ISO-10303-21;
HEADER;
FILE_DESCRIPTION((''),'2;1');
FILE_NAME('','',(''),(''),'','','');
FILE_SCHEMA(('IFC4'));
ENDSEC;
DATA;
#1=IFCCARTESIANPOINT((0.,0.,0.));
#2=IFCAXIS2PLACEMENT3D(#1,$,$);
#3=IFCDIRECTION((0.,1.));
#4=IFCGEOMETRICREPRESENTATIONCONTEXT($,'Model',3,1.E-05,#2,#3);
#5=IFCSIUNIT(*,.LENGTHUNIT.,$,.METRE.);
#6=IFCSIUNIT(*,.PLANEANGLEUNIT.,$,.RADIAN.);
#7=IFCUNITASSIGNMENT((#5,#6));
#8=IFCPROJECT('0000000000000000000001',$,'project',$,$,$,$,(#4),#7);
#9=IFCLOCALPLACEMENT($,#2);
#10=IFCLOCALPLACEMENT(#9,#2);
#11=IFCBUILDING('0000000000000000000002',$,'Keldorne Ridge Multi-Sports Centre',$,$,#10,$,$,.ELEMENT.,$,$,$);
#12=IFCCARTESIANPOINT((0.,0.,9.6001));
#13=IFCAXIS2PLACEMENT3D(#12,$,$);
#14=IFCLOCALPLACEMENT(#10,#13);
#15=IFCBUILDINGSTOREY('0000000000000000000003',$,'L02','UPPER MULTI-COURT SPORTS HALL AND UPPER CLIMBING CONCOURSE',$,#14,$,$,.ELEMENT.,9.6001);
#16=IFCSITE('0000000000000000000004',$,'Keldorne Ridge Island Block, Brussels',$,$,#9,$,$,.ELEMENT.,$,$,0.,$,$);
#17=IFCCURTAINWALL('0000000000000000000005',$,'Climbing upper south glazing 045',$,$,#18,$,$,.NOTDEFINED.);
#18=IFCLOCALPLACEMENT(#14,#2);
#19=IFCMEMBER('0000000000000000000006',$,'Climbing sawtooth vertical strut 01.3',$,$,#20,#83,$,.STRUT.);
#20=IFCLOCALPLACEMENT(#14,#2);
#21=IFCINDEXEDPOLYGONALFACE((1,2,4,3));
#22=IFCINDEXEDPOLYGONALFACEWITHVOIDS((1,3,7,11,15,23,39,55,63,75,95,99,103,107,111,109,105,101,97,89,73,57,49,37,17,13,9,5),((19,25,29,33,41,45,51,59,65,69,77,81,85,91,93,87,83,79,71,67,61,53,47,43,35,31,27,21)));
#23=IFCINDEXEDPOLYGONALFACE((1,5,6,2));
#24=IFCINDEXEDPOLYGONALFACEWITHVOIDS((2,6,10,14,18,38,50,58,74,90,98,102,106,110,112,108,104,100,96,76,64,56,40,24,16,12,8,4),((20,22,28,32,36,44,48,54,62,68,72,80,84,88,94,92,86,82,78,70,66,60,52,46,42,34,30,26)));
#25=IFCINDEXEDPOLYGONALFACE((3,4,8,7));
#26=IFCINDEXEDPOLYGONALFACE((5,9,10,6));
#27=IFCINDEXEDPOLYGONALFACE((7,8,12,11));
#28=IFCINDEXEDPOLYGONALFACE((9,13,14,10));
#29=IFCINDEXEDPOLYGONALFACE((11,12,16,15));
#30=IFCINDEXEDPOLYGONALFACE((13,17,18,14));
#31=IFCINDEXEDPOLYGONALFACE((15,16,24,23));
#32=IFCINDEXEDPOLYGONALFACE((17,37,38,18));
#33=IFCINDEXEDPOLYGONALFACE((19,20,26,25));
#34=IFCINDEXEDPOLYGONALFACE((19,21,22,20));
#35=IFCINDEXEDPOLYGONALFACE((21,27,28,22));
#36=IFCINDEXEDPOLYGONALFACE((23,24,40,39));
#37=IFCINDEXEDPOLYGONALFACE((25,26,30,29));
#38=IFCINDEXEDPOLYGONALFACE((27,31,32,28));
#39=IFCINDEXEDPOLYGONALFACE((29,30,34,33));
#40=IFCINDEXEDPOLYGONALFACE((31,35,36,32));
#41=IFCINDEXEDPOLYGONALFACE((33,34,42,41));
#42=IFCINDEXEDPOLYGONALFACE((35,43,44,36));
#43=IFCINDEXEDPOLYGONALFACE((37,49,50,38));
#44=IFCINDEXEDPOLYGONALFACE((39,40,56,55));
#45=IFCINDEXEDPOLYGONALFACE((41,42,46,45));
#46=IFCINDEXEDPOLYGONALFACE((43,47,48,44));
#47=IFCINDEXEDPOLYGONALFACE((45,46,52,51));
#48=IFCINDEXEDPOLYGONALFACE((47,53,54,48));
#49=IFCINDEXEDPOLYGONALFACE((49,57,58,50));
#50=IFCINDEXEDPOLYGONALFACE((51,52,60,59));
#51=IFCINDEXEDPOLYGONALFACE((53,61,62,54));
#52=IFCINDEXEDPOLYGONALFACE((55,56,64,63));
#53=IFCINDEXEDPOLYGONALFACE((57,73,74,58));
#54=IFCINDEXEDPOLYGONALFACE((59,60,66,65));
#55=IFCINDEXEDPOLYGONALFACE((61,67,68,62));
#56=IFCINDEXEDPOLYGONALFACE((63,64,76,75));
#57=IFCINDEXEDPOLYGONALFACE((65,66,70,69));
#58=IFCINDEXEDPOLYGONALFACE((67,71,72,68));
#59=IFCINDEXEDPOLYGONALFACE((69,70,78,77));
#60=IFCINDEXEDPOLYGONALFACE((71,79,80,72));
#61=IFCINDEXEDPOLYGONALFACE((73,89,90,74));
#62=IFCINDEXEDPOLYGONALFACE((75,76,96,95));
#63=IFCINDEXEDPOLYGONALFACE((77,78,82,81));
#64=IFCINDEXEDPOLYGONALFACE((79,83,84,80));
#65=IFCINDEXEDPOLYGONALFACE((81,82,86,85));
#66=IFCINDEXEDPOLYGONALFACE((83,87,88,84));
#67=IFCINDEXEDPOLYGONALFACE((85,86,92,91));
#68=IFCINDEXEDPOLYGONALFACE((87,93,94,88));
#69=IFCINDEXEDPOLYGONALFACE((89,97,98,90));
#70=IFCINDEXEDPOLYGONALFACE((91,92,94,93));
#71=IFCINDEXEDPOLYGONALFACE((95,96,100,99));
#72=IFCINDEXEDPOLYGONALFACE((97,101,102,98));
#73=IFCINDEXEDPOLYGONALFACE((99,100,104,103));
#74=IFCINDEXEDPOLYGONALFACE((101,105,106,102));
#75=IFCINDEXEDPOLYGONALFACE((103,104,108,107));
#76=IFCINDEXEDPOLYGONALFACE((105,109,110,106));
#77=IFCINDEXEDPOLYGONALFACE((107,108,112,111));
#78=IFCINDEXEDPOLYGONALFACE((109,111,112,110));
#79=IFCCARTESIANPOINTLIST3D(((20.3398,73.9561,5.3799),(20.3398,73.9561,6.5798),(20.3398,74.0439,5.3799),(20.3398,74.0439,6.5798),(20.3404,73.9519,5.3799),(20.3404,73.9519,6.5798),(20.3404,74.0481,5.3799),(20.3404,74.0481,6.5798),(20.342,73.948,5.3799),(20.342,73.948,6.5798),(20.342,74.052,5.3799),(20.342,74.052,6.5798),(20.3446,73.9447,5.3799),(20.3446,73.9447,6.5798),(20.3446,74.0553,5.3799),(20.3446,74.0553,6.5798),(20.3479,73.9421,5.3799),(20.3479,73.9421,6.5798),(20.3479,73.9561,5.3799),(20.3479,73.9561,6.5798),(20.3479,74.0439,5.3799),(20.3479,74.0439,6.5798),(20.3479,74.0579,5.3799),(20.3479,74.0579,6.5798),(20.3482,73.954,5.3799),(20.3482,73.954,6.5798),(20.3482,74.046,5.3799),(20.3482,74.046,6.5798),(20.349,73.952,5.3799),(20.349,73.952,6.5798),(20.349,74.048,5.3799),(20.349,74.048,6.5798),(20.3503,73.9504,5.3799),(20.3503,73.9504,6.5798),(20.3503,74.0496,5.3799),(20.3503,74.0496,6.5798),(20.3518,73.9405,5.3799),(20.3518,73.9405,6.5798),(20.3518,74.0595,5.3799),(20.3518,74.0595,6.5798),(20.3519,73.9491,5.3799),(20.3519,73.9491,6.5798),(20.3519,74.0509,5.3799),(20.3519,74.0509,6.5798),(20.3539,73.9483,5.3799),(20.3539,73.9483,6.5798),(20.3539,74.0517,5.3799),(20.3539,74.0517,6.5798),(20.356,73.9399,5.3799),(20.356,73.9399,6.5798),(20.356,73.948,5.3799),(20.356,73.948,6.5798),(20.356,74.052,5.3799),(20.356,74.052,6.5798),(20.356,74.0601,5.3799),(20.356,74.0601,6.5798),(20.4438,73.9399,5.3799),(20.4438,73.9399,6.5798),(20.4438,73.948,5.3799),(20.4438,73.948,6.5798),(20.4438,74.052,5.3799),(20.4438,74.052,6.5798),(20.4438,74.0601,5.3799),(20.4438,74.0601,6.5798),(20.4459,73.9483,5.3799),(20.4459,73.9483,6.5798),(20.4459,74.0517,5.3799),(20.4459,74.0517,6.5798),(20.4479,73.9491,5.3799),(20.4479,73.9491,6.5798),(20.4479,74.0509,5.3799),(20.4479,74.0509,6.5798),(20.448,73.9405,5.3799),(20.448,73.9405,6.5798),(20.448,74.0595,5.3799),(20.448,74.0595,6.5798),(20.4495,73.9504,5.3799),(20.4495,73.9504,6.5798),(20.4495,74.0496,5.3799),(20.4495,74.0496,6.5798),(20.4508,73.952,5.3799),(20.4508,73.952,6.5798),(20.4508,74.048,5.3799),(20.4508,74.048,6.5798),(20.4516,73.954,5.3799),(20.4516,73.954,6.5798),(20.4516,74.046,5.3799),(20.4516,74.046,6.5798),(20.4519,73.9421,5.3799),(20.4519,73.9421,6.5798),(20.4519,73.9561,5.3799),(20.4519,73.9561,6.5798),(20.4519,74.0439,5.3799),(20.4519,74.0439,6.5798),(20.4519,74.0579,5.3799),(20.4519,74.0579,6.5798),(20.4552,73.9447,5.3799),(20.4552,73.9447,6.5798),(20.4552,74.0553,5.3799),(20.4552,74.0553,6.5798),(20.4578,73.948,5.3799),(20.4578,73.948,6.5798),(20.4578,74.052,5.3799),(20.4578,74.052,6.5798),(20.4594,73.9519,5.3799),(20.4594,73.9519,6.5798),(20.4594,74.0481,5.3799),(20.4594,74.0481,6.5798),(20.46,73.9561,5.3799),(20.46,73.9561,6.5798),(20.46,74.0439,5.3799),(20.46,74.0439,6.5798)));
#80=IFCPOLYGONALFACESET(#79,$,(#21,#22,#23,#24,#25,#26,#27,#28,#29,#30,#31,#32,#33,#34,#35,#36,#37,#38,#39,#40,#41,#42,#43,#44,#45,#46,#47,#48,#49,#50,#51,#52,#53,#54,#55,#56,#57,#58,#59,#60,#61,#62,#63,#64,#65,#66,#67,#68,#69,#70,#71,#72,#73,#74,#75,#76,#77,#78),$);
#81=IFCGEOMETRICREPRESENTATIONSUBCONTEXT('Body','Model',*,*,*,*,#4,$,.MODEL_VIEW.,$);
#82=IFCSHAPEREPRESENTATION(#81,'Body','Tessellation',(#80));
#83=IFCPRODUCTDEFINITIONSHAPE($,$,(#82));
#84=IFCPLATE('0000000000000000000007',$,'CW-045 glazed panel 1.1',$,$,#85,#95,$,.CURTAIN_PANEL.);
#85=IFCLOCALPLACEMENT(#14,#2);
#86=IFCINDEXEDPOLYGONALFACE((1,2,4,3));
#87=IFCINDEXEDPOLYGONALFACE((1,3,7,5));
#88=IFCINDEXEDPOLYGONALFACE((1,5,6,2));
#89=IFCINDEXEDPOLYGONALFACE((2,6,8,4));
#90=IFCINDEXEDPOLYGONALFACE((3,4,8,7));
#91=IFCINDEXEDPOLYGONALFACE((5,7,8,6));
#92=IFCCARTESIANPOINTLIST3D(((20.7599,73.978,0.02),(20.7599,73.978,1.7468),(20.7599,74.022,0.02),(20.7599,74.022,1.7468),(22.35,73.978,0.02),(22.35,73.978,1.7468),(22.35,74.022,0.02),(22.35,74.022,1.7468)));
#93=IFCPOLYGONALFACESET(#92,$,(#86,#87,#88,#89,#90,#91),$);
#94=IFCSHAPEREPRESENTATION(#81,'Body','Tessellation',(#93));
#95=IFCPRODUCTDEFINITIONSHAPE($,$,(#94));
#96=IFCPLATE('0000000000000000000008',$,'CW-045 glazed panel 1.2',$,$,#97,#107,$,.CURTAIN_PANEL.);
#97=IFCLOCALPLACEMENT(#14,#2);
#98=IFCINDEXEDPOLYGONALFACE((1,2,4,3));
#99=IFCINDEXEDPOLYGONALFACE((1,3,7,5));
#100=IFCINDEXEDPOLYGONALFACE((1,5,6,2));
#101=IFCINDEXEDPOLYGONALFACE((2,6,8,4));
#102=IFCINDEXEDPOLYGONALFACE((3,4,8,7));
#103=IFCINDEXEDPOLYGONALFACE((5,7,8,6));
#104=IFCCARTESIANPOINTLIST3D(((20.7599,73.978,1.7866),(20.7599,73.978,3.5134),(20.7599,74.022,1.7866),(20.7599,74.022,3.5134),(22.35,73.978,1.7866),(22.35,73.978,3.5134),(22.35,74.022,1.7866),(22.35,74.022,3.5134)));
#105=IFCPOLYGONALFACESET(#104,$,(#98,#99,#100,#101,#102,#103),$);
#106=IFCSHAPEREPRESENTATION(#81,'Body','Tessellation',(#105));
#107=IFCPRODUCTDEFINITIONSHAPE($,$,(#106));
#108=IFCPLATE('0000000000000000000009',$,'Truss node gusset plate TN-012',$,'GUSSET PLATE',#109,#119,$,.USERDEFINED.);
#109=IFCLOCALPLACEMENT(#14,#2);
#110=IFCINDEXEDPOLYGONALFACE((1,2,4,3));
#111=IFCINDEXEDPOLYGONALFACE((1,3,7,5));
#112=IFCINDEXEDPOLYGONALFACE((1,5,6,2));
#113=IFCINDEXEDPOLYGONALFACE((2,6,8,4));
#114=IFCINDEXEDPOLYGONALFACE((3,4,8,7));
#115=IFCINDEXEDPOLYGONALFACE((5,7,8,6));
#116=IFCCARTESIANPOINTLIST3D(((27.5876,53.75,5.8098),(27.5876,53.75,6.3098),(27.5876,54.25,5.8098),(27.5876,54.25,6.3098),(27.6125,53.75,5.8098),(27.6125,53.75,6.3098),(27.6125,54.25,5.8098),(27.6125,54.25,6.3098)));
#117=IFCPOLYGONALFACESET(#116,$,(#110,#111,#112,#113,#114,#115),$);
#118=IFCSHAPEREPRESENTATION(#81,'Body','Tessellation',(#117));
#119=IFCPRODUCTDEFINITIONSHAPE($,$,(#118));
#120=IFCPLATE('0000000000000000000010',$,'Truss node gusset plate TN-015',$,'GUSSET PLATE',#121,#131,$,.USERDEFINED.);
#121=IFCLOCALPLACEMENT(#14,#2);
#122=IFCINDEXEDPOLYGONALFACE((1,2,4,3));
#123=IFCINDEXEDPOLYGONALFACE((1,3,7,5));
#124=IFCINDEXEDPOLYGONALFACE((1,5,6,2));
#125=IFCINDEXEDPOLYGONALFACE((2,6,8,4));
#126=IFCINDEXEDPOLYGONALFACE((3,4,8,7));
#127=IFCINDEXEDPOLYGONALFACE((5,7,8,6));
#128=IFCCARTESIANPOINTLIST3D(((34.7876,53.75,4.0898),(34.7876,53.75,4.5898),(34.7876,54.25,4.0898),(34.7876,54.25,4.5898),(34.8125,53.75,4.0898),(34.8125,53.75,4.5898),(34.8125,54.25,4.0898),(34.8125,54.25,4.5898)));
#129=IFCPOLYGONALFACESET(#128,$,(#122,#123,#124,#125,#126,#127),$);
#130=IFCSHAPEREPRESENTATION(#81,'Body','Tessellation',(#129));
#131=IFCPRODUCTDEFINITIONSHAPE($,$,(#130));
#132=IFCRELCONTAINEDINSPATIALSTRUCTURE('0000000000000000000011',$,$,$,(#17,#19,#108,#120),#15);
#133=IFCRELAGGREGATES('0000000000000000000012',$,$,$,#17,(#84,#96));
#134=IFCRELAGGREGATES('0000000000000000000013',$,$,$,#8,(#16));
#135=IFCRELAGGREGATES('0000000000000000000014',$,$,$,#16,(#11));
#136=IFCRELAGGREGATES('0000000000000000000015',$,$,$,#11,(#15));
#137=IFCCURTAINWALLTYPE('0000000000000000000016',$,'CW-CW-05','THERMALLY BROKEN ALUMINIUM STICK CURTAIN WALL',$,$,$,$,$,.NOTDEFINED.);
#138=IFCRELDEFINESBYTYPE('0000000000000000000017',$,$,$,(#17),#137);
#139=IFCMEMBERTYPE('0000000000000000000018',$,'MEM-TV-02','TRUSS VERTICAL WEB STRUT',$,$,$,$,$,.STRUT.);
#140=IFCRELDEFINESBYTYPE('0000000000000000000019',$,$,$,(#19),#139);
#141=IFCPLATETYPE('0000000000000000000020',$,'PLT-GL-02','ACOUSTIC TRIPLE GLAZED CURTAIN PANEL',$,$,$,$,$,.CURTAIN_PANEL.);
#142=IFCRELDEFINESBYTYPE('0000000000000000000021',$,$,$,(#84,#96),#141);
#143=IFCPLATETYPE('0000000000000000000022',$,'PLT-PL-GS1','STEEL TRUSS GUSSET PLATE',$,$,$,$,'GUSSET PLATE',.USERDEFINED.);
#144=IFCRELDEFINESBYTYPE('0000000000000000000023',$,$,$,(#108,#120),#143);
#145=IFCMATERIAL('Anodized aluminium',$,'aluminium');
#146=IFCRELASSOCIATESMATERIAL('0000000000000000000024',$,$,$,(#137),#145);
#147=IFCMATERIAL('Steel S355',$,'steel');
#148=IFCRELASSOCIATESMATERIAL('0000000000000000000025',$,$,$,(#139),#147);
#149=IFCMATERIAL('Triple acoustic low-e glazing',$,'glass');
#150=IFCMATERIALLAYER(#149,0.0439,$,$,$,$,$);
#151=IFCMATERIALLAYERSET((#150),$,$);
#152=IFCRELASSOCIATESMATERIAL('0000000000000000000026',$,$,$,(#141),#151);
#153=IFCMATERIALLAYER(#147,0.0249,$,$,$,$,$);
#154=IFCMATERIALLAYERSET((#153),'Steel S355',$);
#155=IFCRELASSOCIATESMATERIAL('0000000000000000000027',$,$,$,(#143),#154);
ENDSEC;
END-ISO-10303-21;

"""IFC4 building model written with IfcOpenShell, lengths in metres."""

from ifc_helpers import new_model, si_unit, direction, frame, origin, origin_2d, place, context, subcontext, project, spatial, rectangle, hollow_rectangle, extrude, material, layer, layer_set, material_profile, profile_set, type_object, element, aggregate, save


model = new_model("IFC4")

# Units and contexts
model_context = context("Model", 3, precision=1e-05, world=origin(), true_north=direction((0.0, 1.0)))
body_context = subcontext(model_context, "Body", "Model", "MODEL_VIEW")
ifc_project = project(units=[si_unit("LENGTHUNIT", "METRE"), si_unit("PLANEANGLEUNIT", "RADIAN")], contexts=[model_context])

# Site, building, storey
site_placement = place(None, origin())
site = spatial("IfcSite", under=ifc_project, at=site_placement, Name="Keldorne Ridge Island Block, Brussels", CompositionType="ELEMENT", RefElevation=0.0)
building_placement = place(site_placement, origin())
building = spatial("IfcBuilding", under=site, at=building_placement, Name="Keldorne Ridge Multi-Sports Centre", CompositionType="ELEMENT")
storey_placement = place(building_placement, frame((0.0, 0.0, 9.6001)))
storey = spatial("IfcBuildingStorey", under=building, at=storey_placement, Name="L02", Description="UPPER MULTI-COURT SPORTS HALL AND UPPER CLIMBING CONCOURSE", CompositionType="ELEMENT", Elevation=9.6001)

# Shared definitions
ifc_material_1 = material(Name="Steel S355", Category="steel")

# Curtain wall
ifc_material_2 = material(Name="Anodized aluminium", Category="aluminium")
curtain_wall_type = type_object("IfcCurtainWallType", Name="CW-CW-05", Description="THERMALLY BROKEN ALUMINIUM STICK CURTAIN WALL", PredefinedType="NOTDEFINED", material=ifc_material_2)
curtain_wall_placement = place(storey_placement, origin())
curtain_wall = element("IfcCurtainWall", 1, at=curtain_wall_placement, inside=storey, type_object=curtain_wall_type, Name="Climbing upper south glazing 045", PredefinedType="NOTDEFINED")

# Member
ifc_material_profile_1 = material_profile(ifc_material_1, hollow_rectangle(XDim=0.1201, YDim=0.1201, WallThickness=0.0081, InnerFilletRadius=0.0081, OuterFilletRadius=0.0161, at=origin_2d()), Name="SHS 120x120x8")
ifc_profile_set_1 = profile_set([ifc_material_profile_1], Name="Steel S355")
member_type_1 = type_object("IfcMemberType", Name="MEM-TV-02", Description="TRUSS VERTICAL WEB STRUT", PredefinedType="STRUT", material=ifc_profile_set_1)
member_1_placement = place(storey_placement, frame((20.3999, 74.0, 5.3799), z_axis=(0.0, 0.0, 1.0), x_axis=(1.0, 0.0, 0.0)))
element("IfcMember", 2, at=member_1_placement, inside=storey, type_object=member_type_1, Name="Climbing sawtooth vertical strut 01.3", PredefinedType="STRUT", context=body_context, shape_type="SweptSolid", body=[
    extrude(hollow_rectangle(XDim=0.1201, YDim=0.1201, WallThickness=0.0081, InnerFilletRadius=0.0081, OuterFilletRadius=0.0161, at=origin_2d()), origin(), (0.0, 0.0, 1.0), 1.2),
])

# Plates
ifc_material_3 = material(Name="Triple acoustic low-e glazing", Category="glass")
ifc_layer_1 = layer(ifc_material_3, 0.0439)
ifc_layer_set_1 = layer_set([ifc_layer_1])
plate_type_1 = type_object("IfcPlateType", Name="PLT-GL-02", Description="ACOUSTIC TRIPLE GLAZED CURTAIN PANEL", PredefinedType="CURTAIN_PANEL", material=ifc_layer_set_1)
plate_1_placement = place(storey_placement, frame((21.5549, 74.0, 0.02), z_axis=(0.0, 0.0, 1.0), x_axis=(1.0, 0.0, 0.0)))
plate_1 = element("IfcPlate", 3, at=plate_1_placement, type_object=plate_type_1, Name="CW-045 glazed panel 1.1", PredefinedType="CURTAIN_PANEL", context=body_context, shape_type="SweptSolid", body=[
    extrude(rectangle(XDim=1.5901, YDim=0.0439, at=origin_2d()), origin(), (0.0, 0.0, 1.0), 1.7268),
])
plate_2_placement = place(storey_placement, frame((21.5549, 74.0, 1.7866), z_axis=(0.0, 0.0, 1.0), x_axis=(1.0, 0.0, 0.0)))
plate_2 = element("IfcPlate", 4, at=plate_2_placement, type_object=plate_type_1, Name="CW-045 glazed panel 1.2", PredefinedType="CURTAIN_PANEL", context=body_context, shape_type="SweptSolid", body=[
    extrude(rectangle(XDim=1.5901, YDim=0.0439, at=origin_2d()), origin(), (0.0, 0.0, 1.0), 1.7268),
])
aggregate(curtain_wall, [plate_1, plate_2])

# Plates
ifc_layer_2 = layer(ifc_material_1, 0.0249)
ifc_layer_set_2 = layer_set([ifc_layer_2], Name="Steel S355")
plate_type_2 = type_object("IfcPlateType", Name="PLT-PL-GS1", Description="STEEL TRUSS GUSSET PLATE", ElementType="GUSSET PLATE", PredefinedType="USERDEFINED", material=ifc_layer_set_2)
for number, where, z_axis, x_axis, name in (
    (5, (27.6001, 54.0, 5.8098), (0.0, 0.0, 1.0), (1.0, 0.0, 0.0), "Truss node gusset plate TN-012"),
    (6, (34.8, 54.0, 4.0898), (0.0, 0.0, 1.0), (1.0, 0.0, 0.0), "Truss node gusset plate TN-015"),
):
    element("IfcPlate", number, at=place(storey_placement, frame(where, z_axis=z_axis, x_axis=x_axis)), inside=storey, type_object=plate_type_2, Name=name, ObjectType="GUSSET PLATE", PredefinedType="USERDEFINED", context=body_context, shape_type="SweptSolid", body=[
        extrude(rectangle(XDim=0.0249, YDim=0.5, at=origin_2d()), origin(), (0.0, 0.0, 1.0), 0.5),
    ])

save(model, "model.ifc")
